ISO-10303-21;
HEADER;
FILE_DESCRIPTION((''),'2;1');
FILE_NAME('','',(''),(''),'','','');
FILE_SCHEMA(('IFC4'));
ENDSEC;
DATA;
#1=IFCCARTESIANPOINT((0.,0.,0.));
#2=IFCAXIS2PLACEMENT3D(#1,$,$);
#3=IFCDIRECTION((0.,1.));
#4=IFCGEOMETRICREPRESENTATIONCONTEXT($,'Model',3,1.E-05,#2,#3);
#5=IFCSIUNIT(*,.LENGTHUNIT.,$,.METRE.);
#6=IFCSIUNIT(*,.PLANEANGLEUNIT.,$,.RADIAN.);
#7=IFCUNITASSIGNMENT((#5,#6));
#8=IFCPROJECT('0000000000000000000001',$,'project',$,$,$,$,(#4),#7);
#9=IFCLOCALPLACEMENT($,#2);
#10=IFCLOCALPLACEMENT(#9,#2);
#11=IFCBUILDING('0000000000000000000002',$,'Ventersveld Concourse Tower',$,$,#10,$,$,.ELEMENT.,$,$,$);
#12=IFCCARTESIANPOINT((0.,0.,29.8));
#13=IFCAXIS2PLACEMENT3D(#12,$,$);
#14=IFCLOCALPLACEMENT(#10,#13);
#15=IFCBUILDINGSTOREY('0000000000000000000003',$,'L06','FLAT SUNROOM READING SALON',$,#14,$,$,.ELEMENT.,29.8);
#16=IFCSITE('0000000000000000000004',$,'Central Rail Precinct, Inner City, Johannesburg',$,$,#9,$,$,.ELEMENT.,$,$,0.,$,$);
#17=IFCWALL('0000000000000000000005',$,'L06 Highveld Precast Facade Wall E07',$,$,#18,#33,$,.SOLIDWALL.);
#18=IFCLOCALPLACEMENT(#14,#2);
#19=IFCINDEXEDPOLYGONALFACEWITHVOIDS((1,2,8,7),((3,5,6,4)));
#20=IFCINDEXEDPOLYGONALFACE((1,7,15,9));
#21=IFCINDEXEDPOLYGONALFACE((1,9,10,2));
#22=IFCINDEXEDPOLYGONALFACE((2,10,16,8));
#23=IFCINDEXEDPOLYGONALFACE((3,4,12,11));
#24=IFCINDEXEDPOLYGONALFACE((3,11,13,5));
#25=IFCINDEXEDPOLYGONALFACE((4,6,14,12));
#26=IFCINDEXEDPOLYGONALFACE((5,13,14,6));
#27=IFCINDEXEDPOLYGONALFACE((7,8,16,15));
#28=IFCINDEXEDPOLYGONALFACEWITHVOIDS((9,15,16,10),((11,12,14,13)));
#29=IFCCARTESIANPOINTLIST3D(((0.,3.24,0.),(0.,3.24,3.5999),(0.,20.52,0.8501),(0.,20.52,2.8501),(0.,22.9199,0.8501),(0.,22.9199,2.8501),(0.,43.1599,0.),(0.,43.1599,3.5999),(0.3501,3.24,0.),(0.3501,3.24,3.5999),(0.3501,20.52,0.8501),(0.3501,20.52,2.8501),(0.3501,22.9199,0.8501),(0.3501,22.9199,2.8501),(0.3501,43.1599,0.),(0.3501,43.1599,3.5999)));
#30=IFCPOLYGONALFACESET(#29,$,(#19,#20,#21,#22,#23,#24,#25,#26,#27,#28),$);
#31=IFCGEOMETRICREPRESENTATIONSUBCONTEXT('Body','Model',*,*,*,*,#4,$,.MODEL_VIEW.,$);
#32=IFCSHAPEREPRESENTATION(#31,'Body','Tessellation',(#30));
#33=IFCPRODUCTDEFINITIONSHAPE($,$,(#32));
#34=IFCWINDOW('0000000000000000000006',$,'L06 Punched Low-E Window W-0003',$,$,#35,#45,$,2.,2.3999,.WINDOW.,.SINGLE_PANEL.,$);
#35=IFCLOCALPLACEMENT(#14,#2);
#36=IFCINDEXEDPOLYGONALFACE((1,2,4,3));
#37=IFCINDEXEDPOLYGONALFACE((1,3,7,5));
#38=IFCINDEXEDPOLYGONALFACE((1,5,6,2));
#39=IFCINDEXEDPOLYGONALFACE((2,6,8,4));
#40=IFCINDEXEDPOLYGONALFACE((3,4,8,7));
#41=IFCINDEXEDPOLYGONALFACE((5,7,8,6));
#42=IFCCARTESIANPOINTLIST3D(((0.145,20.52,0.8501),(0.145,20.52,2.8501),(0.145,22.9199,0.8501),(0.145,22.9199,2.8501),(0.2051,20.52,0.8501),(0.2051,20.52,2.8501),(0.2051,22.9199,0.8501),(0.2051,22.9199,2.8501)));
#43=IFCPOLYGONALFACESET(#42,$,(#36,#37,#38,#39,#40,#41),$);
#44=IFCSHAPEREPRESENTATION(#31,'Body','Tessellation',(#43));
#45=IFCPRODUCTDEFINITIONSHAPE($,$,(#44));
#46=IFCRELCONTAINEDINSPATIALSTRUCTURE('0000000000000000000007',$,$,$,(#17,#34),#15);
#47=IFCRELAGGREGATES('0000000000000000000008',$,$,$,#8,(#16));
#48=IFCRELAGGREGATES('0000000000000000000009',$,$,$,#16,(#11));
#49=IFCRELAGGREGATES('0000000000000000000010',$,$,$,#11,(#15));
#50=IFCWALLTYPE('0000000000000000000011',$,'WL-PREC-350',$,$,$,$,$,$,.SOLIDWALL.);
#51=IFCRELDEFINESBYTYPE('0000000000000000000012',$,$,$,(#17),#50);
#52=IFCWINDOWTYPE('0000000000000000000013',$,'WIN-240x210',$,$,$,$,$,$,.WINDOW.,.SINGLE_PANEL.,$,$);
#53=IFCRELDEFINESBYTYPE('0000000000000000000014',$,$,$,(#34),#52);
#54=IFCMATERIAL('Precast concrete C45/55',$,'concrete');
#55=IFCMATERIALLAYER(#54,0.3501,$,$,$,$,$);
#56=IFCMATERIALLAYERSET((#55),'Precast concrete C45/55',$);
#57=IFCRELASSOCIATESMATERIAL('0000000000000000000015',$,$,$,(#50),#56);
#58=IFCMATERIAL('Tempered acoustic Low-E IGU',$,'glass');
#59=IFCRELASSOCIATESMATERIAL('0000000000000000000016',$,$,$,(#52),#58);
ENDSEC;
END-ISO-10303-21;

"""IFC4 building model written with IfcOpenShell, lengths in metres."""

from ifc_helpers import new_model, si_unit, direction, frame, frame_2d, origin, place, context, subcontext, project, spatial, rectangle, extrude, material, layer, layer_set, type_object, element, fill, save


model = new_model("IFC4")

# Units and contexts
model_context = context("Model", 3, precision=1e-05, world=origin(), true_north=direction((0.0, 1.0)))
body_context = subcontext(model_context, "Body", "Model", "MODEL_VIEW")
ifc_project = project(units=[si_unit("LENGTHUNIT", "METRE"), si_unit("PLANEANGLEUNIT", "RADIAN")], contexts=[model_context])

# Site, building, storey
site_placement = place(None, origin())
site = spatial("IfcSite", under=ifc_project, at=site_placement, Name="Central Rail Precinct, Inner City, Johannesburg", CompositionType="ELEMENT", RefElevation=0.0)
building_placement = place(site_placement, origin())
building = spatial("IfcBuilding", under=site, at=building_placement, Name="Ventersveld Concourse Tower", CompositionType="ELEMENT")
storey_placement = place(building_placement, frame((0.0, 0.0, 29.8)))
storey = spatial("IfcBuildingStorey", under=building, at=storey_placement, Name="L06", Description="FLAT SUNROOM READING SALON", CompositionType="ELEMENT", Elevation=29.8)

# Shared definitions
ifc_material_1 = material(Name="Precast concrete C45/55", Category="concrete")
ifc_layer_1 = layer(ifc_material_1, 0.3501)
ifc_layer_set_1 = layer_set([ifc_layer_1], Name="Precast concrete C45/55")
wall_type_1 = type_object("IfcWallType", Name="WL-PREC-350", PredefinedType="SOLIDWALL", material=ifc_layer_set_1)

# Wall, opening, window
wall_1_placement = place(storey_placement, frame((0.175, 43.1599, 0.0), z_axis=(0.0, 0.0, 1.0), x_axis=(0.0, -1.0, 0.0)))
wall_1 = element("IfcWall", 1, at=wall_1_placement, inside=storey, type_object=wall_type_1, Name="L06 Highveld Precast Facade Wall E07", PredefinedType="SOLIDWALL", context=body_context, shape_type="SweptSolid", body=[
    extrude(rectangle(XDim=39.9199, YDim=0.3501, at=frame_2d((19.96, 0.0))), origin(), (0.0, 0.0, 1.0), 3.5999),
])
opening_1_placement = place(wall_1_placement, frame((20.24, 0.0, 0.8501)))
opening_1 = element("IfcOpeningElement", 2, at=opening_1_placement, cuts=wall_1, PredefinedType="OPENING", context=body_context, shape_type="SweptSolid", body=[
    extrude(rectangle(XDim=2.3999, YDim=2.0, at=frame_2d((1.2, 1.0))), frame((0.0, 0.1851, 0.0), z_axis=(0.0, -1.0, 0.0), x_axis=(1.0, 0.0, 0.0)), (0.0, 0.0, 1.0), 0.3701),
])
ifc_material_2 = material(Name="Tempered acoustic Low-E IGU", Category="glass")
window_type = type_object("IfcWindowType", Name="WIN-240x210", PartitioningType="SINGLE_PANEL", PredefinedType="WINDOW", material=ifc_material_2)
window_placement = place(opening_1_placement, origin())
window = element("IfcWindow", 3, at=window_placement, inside=storey, type_object=window_type, Name="L06 Punched Low-E Window W-0003", OverallHeight=2.0, OverallWidth=2.3999, PartitioningType="SINGLE_PANEL", PredefinedType="WINDOW", context=body_context, shape_type="SweptSolid", body=[
    extrude(rectangle(XDim=2.3999, YDim=2.0, at=frame_2d((1.2, 1.0))), frame((0.0, 0.03, 0.0), z_axis=(0.0, -1.0, 0.0), x_axis=(1.0, 0.0, 0.0)), (0.0, 0.0, 1.0), 0.0601),
])
fill(opening_1, window)

save(model, "model.ifc")
